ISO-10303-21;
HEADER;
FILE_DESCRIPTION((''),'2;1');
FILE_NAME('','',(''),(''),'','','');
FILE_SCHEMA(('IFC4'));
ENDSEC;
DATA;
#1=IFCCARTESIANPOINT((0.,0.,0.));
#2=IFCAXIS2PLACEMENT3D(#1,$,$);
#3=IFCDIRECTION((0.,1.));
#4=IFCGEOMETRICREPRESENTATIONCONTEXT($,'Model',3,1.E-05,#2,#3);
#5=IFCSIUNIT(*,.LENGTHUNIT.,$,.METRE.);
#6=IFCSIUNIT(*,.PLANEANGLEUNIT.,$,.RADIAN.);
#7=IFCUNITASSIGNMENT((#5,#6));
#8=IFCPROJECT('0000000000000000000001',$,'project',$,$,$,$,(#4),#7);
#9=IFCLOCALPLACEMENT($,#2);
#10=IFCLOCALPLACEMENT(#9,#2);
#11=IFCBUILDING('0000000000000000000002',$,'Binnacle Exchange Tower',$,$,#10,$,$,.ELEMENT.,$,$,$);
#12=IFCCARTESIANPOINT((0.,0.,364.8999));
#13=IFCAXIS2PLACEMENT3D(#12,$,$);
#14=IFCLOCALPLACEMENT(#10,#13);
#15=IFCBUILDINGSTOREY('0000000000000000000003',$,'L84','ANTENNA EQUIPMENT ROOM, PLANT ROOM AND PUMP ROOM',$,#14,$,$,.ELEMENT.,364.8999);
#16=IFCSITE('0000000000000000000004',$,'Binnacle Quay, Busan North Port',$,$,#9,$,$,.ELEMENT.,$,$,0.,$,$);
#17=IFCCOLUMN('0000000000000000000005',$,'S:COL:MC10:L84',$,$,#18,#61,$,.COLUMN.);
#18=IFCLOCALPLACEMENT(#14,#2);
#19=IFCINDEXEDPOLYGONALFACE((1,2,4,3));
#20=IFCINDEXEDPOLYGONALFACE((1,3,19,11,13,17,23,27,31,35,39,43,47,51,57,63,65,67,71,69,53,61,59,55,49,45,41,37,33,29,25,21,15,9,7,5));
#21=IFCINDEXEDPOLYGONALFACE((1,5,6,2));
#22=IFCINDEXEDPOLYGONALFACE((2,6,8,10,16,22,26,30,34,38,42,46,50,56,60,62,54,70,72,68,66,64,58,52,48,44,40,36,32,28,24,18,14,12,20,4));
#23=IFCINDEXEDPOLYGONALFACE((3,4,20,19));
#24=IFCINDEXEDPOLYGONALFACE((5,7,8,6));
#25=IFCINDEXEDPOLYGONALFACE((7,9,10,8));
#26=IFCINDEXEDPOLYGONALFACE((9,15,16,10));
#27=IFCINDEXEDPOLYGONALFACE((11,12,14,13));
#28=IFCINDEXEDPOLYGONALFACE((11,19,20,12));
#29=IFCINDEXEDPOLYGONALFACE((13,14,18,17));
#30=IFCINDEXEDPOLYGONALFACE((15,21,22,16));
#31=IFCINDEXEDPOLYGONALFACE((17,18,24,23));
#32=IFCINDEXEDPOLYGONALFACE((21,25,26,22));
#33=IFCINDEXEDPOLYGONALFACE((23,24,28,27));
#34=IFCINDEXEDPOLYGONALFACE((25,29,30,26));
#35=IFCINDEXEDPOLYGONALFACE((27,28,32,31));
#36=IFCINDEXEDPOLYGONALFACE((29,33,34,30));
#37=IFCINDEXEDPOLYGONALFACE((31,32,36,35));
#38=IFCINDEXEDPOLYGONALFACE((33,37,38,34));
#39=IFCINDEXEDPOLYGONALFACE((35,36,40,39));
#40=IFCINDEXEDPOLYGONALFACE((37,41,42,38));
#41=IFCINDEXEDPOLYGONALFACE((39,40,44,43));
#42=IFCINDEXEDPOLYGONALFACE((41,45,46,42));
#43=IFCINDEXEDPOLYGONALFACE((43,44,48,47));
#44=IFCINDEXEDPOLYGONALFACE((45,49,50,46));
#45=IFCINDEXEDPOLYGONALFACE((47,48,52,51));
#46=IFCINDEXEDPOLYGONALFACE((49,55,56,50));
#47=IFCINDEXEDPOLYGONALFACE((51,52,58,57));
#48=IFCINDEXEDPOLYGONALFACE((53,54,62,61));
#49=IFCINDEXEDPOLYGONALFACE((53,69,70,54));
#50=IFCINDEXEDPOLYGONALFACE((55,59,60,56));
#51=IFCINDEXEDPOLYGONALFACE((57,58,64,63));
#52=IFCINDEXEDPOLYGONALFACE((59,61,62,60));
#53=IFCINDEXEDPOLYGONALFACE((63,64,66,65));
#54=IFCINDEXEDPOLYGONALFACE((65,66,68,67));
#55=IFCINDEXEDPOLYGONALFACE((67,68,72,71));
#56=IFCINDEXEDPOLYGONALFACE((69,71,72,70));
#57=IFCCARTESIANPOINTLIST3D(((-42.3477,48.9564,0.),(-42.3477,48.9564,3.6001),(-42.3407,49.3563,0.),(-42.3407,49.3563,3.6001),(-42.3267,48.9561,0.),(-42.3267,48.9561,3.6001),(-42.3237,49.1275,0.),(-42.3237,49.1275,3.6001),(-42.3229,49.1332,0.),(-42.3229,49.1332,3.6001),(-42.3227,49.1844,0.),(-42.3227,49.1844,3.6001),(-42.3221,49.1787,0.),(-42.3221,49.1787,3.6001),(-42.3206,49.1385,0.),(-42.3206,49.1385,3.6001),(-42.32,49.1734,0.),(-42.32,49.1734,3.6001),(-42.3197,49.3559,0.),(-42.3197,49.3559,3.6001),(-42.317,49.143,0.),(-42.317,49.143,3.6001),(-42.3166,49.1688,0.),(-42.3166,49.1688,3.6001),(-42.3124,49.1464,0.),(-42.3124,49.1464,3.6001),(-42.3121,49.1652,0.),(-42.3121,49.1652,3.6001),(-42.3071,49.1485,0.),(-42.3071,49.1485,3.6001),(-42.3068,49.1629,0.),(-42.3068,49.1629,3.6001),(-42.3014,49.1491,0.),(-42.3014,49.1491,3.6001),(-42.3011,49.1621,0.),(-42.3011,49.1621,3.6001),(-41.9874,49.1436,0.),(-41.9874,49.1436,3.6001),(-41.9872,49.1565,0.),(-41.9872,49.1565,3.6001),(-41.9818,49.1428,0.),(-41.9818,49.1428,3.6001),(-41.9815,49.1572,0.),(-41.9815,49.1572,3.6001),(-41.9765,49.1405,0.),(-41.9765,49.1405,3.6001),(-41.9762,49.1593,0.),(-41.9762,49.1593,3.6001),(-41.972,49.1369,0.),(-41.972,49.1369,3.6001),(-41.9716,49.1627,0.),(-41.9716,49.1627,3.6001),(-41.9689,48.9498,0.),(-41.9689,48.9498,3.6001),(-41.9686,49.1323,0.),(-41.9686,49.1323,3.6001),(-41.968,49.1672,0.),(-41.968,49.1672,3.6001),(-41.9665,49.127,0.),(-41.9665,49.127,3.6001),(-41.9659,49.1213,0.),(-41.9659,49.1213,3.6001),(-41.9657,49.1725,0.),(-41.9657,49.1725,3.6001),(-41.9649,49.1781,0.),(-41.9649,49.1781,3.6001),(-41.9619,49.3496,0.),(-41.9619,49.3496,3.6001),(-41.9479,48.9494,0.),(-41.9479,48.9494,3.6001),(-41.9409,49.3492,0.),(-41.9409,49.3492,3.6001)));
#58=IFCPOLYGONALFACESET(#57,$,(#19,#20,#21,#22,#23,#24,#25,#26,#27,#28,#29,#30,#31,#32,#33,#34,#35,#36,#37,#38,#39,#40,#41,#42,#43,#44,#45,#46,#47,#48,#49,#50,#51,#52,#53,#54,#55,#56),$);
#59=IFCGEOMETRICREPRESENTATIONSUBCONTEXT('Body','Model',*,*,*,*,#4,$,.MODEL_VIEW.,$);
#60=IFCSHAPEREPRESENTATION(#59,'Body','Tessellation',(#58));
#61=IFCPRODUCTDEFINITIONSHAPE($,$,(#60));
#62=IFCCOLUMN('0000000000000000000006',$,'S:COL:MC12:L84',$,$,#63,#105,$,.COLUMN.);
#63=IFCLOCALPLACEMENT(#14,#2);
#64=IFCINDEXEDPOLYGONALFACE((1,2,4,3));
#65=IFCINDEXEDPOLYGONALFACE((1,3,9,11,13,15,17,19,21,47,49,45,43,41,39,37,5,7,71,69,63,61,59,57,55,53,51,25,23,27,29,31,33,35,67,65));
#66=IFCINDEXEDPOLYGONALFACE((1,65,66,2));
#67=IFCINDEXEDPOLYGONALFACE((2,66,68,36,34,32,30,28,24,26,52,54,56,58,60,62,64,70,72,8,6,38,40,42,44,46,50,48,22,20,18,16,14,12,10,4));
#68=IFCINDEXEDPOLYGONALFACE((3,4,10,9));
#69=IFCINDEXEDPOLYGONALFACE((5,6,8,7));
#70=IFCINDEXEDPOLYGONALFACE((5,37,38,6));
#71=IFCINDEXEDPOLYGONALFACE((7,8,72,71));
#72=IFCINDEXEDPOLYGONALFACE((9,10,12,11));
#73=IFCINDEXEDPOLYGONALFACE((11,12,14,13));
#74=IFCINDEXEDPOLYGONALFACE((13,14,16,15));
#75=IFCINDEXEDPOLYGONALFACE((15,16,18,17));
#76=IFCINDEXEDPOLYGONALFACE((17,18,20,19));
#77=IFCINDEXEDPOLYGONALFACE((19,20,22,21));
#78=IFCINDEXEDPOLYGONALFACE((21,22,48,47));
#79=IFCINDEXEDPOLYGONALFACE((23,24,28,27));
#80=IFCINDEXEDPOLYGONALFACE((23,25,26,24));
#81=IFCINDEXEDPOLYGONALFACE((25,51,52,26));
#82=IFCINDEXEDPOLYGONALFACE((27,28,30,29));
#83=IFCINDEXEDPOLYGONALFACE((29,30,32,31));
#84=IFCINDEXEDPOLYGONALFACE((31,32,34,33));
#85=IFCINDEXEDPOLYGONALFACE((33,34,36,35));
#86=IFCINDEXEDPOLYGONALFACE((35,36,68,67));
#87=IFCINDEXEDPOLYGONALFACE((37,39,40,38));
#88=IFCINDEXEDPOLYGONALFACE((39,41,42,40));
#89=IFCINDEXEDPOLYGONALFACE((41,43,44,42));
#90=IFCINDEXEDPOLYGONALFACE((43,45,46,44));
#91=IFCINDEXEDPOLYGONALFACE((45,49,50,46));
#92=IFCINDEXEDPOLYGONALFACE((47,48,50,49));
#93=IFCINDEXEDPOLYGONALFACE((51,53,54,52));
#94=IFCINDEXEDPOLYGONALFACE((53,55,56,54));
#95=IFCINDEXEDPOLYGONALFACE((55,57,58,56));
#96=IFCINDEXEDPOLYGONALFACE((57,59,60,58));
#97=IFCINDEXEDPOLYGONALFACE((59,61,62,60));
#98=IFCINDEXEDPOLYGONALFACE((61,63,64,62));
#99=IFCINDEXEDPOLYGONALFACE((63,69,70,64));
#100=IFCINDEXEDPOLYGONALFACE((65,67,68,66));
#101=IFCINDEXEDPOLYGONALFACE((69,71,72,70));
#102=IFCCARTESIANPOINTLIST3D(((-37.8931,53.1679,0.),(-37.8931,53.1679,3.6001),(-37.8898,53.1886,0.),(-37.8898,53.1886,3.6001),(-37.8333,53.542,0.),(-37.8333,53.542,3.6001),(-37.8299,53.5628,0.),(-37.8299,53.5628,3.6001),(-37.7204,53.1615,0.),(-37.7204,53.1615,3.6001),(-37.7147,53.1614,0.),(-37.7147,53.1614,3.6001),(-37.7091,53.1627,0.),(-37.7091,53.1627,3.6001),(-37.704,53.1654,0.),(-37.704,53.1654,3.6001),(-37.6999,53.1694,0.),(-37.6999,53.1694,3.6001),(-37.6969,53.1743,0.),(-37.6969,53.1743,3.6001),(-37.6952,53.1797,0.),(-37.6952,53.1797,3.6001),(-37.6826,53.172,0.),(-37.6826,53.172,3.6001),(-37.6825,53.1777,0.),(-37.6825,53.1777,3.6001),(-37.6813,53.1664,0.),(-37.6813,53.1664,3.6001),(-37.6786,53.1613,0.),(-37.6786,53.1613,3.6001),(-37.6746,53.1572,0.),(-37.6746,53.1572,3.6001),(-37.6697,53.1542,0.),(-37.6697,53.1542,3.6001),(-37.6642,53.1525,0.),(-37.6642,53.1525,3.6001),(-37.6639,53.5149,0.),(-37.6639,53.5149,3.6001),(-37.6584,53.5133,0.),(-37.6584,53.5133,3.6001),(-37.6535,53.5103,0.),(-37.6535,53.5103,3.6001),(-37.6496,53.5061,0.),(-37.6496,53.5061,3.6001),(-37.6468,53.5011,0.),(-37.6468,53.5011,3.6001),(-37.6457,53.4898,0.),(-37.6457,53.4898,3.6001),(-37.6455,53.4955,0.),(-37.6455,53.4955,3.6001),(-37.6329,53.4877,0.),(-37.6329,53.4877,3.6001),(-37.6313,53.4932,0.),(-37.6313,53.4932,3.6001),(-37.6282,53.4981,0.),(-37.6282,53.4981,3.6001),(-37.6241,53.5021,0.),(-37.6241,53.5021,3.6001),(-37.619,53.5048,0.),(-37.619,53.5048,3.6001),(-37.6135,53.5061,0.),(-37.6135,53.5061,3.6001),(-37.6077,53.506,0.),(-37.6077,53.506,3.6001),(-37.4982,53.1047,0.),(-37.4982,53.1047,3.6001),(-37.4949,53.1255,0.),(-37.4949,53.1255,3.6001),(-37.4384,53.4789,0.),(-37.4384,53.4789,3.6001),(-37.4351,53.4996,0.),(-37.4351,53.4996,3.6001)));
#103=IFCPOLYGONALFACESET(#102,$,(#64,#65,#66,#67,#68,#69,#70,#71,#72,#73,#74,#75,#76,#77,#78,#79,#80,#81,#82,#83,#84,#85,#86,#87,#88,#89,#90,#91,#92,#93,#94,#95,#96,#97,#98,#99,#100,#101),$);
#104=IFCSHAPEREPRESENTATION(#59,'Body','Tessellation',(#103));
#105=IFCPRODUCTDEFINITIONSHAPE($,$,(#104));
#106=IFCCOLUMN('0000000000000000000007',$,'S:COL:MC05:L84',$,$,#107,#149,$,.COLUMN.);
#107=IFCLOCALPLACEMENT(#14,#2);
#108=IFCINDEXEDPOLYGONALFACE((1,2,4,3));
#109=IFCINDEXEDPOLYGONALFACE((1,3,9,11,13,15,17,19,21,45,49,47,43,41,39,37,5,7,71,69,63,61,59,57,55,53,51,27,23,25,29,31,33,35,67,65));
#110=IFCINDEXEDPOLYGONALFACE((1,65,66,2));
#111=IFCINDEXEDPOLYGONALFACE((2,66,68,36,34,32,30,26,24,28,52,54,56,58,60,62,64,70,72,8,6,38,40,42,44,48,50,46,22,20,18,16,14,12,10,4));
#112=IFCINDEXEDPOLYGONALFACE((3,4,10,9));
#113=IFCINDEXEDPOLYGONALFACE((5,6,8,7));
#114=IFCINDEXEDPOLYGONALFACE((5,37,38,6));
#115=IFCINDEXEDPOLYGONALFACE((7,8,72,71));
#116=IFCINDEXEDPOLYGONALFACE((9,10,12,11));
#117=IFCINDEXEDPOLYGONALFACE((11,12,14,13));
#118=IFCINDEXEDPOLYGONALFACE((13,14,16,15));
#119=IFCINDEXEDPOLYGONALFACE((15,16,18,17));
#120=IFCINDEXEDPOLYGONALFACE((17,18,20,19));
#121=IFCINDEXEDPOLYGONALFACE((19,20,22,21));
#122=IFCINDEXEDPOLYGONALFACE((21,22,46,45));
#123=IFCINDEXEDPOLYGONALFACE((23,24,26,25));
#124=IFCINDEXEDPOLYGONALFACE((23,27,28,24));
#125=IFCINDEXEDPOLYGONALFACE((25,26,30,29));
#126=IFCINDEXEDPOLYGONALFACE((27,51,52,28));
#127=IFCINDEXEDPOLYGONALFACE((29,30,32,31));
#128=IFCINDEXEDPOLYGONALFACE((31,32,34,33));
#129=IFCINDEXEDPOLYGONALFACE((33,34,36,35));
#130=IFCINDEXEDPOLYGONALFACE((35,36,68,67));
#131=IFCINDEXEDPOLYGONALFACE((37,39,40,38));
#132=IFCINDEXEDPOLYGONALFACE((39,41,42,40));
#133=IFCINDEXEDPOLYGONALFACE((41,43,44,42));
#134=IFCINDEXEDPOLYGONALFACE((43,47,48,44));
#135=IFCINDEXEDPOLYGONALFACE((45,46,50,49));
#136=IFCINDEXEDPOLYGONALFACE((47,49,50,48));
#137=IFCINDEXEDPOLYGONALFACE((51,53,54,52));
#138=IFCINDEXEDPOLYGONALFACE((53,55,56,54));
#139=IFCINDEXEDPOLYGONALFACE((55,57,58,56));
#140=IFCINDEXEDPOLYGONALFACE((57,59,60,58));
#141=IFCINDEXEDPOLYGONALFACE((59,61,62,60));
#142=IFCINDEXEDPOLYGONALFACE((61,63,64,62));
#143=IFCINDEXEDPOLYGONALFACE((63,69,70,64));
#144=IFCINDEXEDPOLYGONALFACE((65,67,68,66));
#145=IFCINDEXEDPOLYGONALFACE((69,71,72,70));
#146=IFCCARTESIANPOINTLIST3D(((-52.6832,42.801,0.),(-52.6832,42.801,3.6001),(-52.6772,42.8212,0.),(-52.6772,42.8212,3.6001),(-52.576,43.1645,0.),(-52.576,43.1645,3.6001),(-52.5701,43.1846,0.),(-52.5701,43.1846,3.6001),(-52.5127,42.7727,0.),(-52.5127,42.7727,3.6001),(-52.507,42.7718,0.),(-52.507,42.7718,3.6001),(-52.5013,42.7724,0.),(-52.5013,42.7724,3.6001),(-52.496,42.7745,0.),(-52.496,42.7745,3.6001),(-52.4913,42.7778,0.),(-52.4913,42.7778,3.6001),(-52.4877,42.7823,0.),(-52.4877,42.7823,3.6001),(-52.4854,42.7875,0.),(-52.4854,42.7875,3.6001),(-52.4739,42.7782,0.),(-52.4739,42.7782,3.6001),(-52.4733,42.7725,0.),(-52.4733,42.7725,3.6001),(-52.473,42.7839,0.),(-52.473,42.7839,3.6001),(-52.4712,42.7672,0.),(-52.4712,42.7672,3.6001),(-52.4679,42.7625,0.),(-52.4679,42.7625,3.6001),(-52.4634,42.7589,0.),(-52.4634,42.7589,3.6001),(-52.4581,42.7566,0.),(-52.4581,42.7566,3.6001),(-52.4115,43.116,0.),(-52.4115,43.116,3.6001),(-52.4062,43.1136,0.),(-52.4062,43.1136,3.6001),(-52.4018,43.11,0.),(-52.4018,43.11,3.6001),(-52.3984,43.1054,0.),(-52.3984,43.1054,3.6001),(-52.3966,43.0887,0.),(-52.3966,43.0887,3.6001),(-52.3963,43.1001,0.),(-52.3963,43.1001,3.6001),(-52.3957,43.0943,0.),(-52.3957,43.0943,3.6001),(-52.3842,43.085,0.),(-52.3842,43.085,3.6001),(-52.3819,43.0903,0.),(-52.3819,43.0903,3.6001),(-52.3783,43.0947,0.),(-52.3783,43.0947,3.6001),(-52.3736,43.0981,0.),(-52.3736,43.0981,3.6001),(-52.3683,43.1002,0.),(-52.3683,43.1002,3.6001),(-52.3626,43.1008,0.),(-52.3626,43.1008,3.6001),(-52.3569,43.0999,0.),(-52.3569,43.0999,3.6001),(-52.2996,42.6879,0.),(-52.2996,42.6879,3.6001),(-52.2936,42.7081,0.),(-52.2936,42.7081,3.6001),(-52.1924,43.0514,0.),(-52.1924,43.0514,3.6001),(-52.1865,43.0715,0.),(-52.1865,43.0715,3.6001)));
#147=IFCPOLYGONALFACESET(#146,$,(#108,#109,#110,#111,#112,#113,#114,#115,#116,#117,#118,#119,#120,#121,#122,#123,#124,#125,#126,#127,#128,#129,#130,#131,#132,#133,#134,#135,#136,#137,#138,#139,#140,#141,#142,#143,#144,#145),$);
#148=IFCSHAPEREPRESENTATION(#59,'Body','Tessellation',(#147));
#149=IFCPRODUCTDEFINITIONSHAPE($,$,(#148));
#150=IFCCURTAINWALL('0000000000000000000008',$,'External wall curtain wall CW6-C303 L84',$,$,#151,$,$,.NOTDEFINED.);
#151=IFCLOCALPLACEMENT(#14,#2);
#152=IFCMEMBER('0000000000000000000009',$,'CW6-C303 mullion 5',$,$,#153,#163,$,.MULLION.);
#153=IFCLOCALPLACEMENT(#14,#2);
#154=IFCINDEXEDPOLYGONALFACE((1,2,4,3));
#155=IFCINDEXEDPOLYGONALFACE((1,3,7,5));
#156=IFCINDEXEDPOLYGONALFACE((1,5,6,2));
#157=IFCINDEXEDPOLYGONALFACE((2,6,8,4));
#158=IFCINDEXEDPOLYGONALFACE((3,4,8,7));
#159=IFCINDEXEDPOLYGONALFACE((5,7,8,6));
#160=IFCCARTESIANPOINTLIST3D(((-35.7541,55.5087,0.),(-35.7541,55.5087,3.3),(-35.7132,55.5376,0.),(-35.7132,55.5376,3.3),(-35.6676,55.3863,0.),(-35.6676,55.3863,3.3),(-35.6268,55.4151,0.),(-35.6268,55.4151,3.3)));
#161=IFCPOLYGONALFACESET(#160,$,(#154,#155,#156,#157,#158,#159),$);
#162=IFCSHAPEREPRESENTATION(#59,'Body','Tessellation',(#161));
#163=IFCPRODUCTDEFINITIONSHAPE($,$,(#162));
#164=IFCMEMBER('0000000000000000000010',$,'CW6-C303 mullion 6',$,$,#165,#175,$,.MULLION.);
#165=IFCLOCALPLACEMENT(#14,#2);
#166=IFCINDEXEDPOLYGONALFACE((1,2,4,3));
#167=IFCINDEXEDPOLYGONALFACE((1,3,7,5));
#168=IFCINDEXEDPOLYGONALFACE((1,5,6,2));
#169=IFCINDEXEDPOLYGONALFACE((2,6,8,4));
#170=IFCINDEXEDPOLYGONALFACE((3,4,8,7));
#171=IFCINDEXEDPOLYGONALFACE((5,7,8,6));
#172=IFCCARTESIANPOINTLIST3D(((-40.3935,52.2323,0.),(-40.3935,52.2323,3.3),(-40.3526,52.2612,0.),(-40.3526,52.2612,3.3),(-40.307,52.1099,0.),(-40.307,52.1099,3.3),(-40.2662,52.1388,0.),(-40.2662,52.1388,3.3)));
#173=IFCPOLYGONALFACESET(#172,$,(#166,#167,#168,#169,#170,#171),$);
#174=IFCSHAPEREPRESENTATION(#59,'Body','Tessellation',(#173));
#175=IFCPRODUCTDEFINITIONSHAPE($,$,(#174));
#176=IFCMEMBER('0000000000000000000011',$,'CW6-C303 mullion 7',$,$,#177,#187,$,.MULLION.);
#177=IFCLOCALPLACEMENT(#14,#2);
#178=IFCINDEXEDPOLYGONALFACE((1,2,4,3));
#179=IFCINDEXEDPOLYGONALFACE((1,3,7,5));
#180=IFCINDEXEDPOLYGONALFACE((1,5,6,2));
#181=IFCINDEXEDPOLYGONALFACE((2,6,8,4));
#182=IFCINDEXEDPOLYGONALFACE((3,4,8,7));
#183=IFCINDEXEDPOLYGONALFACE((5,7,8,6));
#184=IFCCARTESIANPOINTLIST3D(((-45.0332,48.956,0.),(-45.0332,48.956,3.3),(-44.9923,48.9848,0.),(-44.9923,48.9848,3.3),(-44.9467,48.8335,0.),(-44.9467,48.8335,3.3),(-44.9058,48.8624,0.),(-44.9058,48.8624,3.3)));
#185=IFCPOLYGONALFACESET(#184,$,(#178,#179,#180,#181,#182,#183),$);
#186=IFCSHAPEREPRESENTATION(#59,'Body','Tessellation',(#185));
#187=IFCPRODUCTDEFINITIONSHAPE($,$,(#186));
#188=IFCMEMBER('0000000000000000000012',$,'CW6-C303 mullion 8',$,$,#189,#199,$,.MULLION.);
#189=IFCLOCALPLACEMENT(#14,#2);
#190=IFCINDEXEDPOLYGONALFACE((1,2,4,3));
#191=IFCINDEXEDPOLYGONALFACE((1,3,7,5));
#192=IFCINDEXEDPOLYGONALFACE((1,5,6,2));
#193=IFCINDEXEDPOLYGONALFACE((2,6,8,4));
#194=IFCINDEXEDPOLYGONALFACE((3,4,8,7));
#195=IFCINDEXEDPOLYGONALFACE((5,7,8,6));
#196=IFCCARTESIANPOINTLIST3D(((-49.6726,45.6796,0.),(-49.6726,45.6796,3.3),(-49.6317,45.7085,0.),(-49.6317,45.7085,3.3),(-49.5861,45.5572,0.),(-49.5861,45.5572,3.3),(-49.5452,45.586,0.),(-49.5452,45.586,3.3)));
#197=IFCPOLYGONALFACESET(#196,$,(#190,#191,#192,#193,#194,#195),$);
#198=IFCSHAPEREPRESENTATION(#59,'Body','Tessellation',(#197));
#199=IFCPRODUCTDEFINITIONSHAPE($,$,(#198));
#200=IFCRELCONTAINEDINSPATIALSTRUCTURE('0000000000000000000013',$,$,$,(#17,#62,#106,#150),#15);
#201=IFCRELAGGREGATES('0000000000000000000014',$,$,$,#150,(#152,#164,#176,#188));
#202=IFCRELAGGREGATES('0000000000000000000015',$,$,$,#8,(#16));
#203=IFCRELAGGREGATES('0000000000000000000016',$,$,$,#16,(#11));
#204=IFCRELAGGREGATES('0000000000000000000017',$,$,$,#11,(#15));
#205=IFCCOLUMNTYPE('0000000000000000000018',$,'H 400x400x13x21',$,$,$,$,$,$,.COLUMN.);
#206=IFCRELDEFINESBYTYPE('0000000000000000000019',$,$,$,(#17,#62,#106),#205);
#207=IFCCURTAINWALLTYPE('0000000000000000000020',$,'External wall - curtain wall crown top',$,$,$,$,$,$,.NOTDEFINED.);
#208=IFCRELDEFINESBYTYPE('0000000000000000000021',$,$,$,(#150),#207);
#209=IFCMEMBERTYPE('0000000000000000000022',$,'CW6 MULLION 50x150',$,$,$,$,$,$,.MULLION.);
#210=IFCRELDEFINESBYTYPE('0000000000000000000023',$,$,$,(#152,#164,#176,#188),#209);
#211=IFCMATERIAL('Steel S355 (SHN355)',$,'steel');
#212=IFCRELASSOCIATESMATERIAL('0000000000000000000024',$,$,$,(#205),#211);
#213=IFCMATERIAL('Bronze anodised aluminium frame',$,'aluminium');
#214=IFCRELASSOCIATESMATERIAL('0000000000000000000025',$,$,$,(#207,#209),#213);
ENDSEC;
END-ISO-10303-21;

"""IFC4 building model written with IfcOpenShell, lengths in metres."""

from ifc_helpers import new_model, si_unit, direction, frame, origin, origin_2d, place, context, subcontext, project, spatial, rectangle, i_section, extrude, material, material_profile, profile_set, type_object, element, aggregate, save


model = new_model("IFC4")

# Units and contexts
model_context = context("Model", 3, precision=1e-05, world=origin(), true_north=direction((0.0, 1.0)))
body_context = subcontext(model_context, "Body", "Model", "MODEL_VIEW")
ifc_project = project(units=[si_unit("LENGTHUNIT", "METRE"), si_unit("PLANEANGLEUNIT", "RADIAN")], contexts=[model_context])

# Site, building, storey
site_placement = place(None, origin())
site = spatial("IfcSite", under=ifc_project, at=site_placement, Name="Binnacle Quay, Busan North Port", CompositionType="ELEMENT", RefElevation=0.0)
building_placement = place(site_placement, origin())
building = spatial("IfcBuilding", under=site, at=building_placement, Name="Binnacle Exchange Tower", CompositionType="ELEMENT")
storey_placement = place(building_placement, frame((0.0, 0.0, 364.8999)))
storey = spatial("IfcBuildingStorey", under=building, at=storey_placement, Name="L84", Description="ANTENNA EQUIPMENT ROOM, PLANT ROOM AND PUMP ROOM", CompositionType="ELEMENT", Elevation=364.8999)

# Columns
ifc_material_1 = material(Name="Steel S355 (SHN355)", Category="steel")
ifc_material_profile_1 = material_profile(ifc_material_1, i_section(OverallWidth=0.3999, OverallDepth=0.3999, WebThickness=0.0129, FlangeThickness=0.021, FilletRadius=0.022, at=origin_2d()), Name="H 400x400x13x21")
ifc_profile_set_1 = profile_set([ifc_material_profile_1], Name="Steel S355 (SHN355)")
column_type = type_object("IfcColumnType", Name="H 400x400x13x21", PredefinedType="COLUMN", material=ifc_profile_set_1)
for number, where, z_axis, x_axis, name in (
    (1, (-42.1443, 49.1528, 0.0), (0.0, 0.0, 1.0), (0.01754, 0.999846, 0.0), "S:COL:MC10:L84"),
    (2, (-37.6641, 53.3337, 0.0), (0.0, 0.0, 1.0), (-0.987458, 0.157882, 0.0), "S:COL:MC12:L84"),
    (3, (-52.4348, 42.9363, 0.0), (0.0, 0.0, 1.0), (-0.959171, 0.282827, 0.0), "S:COL:MC05:L84"),
):
    element("IfcColumn", number, at=place(storey_placement, frame(where, z_axis=z_axis, x_axis=x_axis)), inside=storey, type_object=column_type, Name=name, PredefinedType="COLUMN", context=body_context, shape_type="SweptSolid", body=[
        extrude(i_section(OverallWidth=0.3999, OverallDepth=0.3999, WebThickness=0.0129, FlangeThickness=0.021, FilletRadius=0.022, at=origin_2d()), origin(), (0.0, 0.0, 1.0), 3.6001),
    ])

# Curtain wall, members
ifc_material_2 = material(Name="Bronze anodised aluminium frame", Category="aluminium")
curtain_wall_type = type_object("IfcCurtainWallType", Name="External wall - curtain wall crown top", PredefinedType="NOTDEFINED", material=ifc_material_2)
curtain_wall_placement = place(storey_placement, origin())
curtain_wall = element("IfcCurtainWall", 4, at=curtain_wall_placement, inside=storey, type_object=curtain_wall_type, Name="External wall curtain wall CW6-C303 L84", PredefinedType="NOTDEFINED")
ifc_material_profile_2 = material_profile(ifc_material_2, rectangle(XDim=0.1499, YDim=0.05, at=origin_2d()), Name="AL 50x150")
ifc_profile_set_2 = profile_set([ifc_material_profile_2], Name="Bronze anodised aluminium frame")
member_type_1 = type_object("IfcMemberType", Name="CW6 MULLION 50x150", PredefinedType="MULLION", material=ifc_profile_set_2)
member_1_placement = place(storey_placement, frame((-35.6904, 55.4619, 0.0), z_axis=(0.0, 0.0, 1.0), x_axis=(0.576854, -0.816847, 0.0)))
member_1 = element("IfcMember", 5, at=member_1_placement, type_object=member_type_1, Name="CW6-C303 mullion 5", PredefinedType="MULLION", context=body_context, shape_type="SweptSolid", body=[
    extrude(rectangle(XDim=0.1499, YDim=0.05, at=origin_2d()), origin(), (0.0, 0.0, 1.0), 3.3),
])
member_2_placement = place(storey_placement, frame((-40.3298, 52.1855, 0.0), z_axis=(0.0, 0.0, 1.0), x_axis=(0.576854, -0.816847, 0.0)))
member_2 = element("IfcMember", 6, at=member_2_placement, type_object=member_type_1, Name="CW6-C303 mullion 6", PredefinedType="MULLION", context=body_context, shape_type="SweptSolid", body=[
    extrude(rectangle(XDim=0.1499, YDim=0.05, at=origin_2d()), origin(), (0.0, 0.0, 1.0), 3.3),
])
member_3_placement = place(storey_placement, frame((-44.9695, 48.9092, 0.0), z_axis=(0.0, 0.0, 1.0), x_axis=(0.576854, -0.816847, 0.0)))
member_3 = element("IfcMember", 7, at=member_3_placement, type_object=member_type_1, Name="CW6-C303 mullion 7", PredefinedType="MULLION", context=body_context, shape_type="SweptSolid", body=[
    extrude(rectangle(XDim=0.1499, YDim=0.05, at=origin_2d()), origin(), (0.0, 0.0, 1.0), 3.3),
])
member_4_placement = place(storey_placement, frame((-49.6089, 45.6328, 0.0), z_axis=(0.0, 0.0, 1.0), x_axis=(0.576854, -0.816847, 0.0)))
member_4 = element("IfcMember", 8, at=member_4_placement, type_object=member_type_1, Name="CW6-C303 mullion 8", PredefinedType="MULLION", context=body_context, shape_type="SweptSolid", body=[
    extrude(rectangle(XDim=0.1499, YDim=0.05, at=origin_2d()), origin(), (0.0, 0.0, 1.0), 3.3),
])

aggregate(curtain_wall, [member_1, member_2, member_3, member_4])

save(model, "model.ifc")
